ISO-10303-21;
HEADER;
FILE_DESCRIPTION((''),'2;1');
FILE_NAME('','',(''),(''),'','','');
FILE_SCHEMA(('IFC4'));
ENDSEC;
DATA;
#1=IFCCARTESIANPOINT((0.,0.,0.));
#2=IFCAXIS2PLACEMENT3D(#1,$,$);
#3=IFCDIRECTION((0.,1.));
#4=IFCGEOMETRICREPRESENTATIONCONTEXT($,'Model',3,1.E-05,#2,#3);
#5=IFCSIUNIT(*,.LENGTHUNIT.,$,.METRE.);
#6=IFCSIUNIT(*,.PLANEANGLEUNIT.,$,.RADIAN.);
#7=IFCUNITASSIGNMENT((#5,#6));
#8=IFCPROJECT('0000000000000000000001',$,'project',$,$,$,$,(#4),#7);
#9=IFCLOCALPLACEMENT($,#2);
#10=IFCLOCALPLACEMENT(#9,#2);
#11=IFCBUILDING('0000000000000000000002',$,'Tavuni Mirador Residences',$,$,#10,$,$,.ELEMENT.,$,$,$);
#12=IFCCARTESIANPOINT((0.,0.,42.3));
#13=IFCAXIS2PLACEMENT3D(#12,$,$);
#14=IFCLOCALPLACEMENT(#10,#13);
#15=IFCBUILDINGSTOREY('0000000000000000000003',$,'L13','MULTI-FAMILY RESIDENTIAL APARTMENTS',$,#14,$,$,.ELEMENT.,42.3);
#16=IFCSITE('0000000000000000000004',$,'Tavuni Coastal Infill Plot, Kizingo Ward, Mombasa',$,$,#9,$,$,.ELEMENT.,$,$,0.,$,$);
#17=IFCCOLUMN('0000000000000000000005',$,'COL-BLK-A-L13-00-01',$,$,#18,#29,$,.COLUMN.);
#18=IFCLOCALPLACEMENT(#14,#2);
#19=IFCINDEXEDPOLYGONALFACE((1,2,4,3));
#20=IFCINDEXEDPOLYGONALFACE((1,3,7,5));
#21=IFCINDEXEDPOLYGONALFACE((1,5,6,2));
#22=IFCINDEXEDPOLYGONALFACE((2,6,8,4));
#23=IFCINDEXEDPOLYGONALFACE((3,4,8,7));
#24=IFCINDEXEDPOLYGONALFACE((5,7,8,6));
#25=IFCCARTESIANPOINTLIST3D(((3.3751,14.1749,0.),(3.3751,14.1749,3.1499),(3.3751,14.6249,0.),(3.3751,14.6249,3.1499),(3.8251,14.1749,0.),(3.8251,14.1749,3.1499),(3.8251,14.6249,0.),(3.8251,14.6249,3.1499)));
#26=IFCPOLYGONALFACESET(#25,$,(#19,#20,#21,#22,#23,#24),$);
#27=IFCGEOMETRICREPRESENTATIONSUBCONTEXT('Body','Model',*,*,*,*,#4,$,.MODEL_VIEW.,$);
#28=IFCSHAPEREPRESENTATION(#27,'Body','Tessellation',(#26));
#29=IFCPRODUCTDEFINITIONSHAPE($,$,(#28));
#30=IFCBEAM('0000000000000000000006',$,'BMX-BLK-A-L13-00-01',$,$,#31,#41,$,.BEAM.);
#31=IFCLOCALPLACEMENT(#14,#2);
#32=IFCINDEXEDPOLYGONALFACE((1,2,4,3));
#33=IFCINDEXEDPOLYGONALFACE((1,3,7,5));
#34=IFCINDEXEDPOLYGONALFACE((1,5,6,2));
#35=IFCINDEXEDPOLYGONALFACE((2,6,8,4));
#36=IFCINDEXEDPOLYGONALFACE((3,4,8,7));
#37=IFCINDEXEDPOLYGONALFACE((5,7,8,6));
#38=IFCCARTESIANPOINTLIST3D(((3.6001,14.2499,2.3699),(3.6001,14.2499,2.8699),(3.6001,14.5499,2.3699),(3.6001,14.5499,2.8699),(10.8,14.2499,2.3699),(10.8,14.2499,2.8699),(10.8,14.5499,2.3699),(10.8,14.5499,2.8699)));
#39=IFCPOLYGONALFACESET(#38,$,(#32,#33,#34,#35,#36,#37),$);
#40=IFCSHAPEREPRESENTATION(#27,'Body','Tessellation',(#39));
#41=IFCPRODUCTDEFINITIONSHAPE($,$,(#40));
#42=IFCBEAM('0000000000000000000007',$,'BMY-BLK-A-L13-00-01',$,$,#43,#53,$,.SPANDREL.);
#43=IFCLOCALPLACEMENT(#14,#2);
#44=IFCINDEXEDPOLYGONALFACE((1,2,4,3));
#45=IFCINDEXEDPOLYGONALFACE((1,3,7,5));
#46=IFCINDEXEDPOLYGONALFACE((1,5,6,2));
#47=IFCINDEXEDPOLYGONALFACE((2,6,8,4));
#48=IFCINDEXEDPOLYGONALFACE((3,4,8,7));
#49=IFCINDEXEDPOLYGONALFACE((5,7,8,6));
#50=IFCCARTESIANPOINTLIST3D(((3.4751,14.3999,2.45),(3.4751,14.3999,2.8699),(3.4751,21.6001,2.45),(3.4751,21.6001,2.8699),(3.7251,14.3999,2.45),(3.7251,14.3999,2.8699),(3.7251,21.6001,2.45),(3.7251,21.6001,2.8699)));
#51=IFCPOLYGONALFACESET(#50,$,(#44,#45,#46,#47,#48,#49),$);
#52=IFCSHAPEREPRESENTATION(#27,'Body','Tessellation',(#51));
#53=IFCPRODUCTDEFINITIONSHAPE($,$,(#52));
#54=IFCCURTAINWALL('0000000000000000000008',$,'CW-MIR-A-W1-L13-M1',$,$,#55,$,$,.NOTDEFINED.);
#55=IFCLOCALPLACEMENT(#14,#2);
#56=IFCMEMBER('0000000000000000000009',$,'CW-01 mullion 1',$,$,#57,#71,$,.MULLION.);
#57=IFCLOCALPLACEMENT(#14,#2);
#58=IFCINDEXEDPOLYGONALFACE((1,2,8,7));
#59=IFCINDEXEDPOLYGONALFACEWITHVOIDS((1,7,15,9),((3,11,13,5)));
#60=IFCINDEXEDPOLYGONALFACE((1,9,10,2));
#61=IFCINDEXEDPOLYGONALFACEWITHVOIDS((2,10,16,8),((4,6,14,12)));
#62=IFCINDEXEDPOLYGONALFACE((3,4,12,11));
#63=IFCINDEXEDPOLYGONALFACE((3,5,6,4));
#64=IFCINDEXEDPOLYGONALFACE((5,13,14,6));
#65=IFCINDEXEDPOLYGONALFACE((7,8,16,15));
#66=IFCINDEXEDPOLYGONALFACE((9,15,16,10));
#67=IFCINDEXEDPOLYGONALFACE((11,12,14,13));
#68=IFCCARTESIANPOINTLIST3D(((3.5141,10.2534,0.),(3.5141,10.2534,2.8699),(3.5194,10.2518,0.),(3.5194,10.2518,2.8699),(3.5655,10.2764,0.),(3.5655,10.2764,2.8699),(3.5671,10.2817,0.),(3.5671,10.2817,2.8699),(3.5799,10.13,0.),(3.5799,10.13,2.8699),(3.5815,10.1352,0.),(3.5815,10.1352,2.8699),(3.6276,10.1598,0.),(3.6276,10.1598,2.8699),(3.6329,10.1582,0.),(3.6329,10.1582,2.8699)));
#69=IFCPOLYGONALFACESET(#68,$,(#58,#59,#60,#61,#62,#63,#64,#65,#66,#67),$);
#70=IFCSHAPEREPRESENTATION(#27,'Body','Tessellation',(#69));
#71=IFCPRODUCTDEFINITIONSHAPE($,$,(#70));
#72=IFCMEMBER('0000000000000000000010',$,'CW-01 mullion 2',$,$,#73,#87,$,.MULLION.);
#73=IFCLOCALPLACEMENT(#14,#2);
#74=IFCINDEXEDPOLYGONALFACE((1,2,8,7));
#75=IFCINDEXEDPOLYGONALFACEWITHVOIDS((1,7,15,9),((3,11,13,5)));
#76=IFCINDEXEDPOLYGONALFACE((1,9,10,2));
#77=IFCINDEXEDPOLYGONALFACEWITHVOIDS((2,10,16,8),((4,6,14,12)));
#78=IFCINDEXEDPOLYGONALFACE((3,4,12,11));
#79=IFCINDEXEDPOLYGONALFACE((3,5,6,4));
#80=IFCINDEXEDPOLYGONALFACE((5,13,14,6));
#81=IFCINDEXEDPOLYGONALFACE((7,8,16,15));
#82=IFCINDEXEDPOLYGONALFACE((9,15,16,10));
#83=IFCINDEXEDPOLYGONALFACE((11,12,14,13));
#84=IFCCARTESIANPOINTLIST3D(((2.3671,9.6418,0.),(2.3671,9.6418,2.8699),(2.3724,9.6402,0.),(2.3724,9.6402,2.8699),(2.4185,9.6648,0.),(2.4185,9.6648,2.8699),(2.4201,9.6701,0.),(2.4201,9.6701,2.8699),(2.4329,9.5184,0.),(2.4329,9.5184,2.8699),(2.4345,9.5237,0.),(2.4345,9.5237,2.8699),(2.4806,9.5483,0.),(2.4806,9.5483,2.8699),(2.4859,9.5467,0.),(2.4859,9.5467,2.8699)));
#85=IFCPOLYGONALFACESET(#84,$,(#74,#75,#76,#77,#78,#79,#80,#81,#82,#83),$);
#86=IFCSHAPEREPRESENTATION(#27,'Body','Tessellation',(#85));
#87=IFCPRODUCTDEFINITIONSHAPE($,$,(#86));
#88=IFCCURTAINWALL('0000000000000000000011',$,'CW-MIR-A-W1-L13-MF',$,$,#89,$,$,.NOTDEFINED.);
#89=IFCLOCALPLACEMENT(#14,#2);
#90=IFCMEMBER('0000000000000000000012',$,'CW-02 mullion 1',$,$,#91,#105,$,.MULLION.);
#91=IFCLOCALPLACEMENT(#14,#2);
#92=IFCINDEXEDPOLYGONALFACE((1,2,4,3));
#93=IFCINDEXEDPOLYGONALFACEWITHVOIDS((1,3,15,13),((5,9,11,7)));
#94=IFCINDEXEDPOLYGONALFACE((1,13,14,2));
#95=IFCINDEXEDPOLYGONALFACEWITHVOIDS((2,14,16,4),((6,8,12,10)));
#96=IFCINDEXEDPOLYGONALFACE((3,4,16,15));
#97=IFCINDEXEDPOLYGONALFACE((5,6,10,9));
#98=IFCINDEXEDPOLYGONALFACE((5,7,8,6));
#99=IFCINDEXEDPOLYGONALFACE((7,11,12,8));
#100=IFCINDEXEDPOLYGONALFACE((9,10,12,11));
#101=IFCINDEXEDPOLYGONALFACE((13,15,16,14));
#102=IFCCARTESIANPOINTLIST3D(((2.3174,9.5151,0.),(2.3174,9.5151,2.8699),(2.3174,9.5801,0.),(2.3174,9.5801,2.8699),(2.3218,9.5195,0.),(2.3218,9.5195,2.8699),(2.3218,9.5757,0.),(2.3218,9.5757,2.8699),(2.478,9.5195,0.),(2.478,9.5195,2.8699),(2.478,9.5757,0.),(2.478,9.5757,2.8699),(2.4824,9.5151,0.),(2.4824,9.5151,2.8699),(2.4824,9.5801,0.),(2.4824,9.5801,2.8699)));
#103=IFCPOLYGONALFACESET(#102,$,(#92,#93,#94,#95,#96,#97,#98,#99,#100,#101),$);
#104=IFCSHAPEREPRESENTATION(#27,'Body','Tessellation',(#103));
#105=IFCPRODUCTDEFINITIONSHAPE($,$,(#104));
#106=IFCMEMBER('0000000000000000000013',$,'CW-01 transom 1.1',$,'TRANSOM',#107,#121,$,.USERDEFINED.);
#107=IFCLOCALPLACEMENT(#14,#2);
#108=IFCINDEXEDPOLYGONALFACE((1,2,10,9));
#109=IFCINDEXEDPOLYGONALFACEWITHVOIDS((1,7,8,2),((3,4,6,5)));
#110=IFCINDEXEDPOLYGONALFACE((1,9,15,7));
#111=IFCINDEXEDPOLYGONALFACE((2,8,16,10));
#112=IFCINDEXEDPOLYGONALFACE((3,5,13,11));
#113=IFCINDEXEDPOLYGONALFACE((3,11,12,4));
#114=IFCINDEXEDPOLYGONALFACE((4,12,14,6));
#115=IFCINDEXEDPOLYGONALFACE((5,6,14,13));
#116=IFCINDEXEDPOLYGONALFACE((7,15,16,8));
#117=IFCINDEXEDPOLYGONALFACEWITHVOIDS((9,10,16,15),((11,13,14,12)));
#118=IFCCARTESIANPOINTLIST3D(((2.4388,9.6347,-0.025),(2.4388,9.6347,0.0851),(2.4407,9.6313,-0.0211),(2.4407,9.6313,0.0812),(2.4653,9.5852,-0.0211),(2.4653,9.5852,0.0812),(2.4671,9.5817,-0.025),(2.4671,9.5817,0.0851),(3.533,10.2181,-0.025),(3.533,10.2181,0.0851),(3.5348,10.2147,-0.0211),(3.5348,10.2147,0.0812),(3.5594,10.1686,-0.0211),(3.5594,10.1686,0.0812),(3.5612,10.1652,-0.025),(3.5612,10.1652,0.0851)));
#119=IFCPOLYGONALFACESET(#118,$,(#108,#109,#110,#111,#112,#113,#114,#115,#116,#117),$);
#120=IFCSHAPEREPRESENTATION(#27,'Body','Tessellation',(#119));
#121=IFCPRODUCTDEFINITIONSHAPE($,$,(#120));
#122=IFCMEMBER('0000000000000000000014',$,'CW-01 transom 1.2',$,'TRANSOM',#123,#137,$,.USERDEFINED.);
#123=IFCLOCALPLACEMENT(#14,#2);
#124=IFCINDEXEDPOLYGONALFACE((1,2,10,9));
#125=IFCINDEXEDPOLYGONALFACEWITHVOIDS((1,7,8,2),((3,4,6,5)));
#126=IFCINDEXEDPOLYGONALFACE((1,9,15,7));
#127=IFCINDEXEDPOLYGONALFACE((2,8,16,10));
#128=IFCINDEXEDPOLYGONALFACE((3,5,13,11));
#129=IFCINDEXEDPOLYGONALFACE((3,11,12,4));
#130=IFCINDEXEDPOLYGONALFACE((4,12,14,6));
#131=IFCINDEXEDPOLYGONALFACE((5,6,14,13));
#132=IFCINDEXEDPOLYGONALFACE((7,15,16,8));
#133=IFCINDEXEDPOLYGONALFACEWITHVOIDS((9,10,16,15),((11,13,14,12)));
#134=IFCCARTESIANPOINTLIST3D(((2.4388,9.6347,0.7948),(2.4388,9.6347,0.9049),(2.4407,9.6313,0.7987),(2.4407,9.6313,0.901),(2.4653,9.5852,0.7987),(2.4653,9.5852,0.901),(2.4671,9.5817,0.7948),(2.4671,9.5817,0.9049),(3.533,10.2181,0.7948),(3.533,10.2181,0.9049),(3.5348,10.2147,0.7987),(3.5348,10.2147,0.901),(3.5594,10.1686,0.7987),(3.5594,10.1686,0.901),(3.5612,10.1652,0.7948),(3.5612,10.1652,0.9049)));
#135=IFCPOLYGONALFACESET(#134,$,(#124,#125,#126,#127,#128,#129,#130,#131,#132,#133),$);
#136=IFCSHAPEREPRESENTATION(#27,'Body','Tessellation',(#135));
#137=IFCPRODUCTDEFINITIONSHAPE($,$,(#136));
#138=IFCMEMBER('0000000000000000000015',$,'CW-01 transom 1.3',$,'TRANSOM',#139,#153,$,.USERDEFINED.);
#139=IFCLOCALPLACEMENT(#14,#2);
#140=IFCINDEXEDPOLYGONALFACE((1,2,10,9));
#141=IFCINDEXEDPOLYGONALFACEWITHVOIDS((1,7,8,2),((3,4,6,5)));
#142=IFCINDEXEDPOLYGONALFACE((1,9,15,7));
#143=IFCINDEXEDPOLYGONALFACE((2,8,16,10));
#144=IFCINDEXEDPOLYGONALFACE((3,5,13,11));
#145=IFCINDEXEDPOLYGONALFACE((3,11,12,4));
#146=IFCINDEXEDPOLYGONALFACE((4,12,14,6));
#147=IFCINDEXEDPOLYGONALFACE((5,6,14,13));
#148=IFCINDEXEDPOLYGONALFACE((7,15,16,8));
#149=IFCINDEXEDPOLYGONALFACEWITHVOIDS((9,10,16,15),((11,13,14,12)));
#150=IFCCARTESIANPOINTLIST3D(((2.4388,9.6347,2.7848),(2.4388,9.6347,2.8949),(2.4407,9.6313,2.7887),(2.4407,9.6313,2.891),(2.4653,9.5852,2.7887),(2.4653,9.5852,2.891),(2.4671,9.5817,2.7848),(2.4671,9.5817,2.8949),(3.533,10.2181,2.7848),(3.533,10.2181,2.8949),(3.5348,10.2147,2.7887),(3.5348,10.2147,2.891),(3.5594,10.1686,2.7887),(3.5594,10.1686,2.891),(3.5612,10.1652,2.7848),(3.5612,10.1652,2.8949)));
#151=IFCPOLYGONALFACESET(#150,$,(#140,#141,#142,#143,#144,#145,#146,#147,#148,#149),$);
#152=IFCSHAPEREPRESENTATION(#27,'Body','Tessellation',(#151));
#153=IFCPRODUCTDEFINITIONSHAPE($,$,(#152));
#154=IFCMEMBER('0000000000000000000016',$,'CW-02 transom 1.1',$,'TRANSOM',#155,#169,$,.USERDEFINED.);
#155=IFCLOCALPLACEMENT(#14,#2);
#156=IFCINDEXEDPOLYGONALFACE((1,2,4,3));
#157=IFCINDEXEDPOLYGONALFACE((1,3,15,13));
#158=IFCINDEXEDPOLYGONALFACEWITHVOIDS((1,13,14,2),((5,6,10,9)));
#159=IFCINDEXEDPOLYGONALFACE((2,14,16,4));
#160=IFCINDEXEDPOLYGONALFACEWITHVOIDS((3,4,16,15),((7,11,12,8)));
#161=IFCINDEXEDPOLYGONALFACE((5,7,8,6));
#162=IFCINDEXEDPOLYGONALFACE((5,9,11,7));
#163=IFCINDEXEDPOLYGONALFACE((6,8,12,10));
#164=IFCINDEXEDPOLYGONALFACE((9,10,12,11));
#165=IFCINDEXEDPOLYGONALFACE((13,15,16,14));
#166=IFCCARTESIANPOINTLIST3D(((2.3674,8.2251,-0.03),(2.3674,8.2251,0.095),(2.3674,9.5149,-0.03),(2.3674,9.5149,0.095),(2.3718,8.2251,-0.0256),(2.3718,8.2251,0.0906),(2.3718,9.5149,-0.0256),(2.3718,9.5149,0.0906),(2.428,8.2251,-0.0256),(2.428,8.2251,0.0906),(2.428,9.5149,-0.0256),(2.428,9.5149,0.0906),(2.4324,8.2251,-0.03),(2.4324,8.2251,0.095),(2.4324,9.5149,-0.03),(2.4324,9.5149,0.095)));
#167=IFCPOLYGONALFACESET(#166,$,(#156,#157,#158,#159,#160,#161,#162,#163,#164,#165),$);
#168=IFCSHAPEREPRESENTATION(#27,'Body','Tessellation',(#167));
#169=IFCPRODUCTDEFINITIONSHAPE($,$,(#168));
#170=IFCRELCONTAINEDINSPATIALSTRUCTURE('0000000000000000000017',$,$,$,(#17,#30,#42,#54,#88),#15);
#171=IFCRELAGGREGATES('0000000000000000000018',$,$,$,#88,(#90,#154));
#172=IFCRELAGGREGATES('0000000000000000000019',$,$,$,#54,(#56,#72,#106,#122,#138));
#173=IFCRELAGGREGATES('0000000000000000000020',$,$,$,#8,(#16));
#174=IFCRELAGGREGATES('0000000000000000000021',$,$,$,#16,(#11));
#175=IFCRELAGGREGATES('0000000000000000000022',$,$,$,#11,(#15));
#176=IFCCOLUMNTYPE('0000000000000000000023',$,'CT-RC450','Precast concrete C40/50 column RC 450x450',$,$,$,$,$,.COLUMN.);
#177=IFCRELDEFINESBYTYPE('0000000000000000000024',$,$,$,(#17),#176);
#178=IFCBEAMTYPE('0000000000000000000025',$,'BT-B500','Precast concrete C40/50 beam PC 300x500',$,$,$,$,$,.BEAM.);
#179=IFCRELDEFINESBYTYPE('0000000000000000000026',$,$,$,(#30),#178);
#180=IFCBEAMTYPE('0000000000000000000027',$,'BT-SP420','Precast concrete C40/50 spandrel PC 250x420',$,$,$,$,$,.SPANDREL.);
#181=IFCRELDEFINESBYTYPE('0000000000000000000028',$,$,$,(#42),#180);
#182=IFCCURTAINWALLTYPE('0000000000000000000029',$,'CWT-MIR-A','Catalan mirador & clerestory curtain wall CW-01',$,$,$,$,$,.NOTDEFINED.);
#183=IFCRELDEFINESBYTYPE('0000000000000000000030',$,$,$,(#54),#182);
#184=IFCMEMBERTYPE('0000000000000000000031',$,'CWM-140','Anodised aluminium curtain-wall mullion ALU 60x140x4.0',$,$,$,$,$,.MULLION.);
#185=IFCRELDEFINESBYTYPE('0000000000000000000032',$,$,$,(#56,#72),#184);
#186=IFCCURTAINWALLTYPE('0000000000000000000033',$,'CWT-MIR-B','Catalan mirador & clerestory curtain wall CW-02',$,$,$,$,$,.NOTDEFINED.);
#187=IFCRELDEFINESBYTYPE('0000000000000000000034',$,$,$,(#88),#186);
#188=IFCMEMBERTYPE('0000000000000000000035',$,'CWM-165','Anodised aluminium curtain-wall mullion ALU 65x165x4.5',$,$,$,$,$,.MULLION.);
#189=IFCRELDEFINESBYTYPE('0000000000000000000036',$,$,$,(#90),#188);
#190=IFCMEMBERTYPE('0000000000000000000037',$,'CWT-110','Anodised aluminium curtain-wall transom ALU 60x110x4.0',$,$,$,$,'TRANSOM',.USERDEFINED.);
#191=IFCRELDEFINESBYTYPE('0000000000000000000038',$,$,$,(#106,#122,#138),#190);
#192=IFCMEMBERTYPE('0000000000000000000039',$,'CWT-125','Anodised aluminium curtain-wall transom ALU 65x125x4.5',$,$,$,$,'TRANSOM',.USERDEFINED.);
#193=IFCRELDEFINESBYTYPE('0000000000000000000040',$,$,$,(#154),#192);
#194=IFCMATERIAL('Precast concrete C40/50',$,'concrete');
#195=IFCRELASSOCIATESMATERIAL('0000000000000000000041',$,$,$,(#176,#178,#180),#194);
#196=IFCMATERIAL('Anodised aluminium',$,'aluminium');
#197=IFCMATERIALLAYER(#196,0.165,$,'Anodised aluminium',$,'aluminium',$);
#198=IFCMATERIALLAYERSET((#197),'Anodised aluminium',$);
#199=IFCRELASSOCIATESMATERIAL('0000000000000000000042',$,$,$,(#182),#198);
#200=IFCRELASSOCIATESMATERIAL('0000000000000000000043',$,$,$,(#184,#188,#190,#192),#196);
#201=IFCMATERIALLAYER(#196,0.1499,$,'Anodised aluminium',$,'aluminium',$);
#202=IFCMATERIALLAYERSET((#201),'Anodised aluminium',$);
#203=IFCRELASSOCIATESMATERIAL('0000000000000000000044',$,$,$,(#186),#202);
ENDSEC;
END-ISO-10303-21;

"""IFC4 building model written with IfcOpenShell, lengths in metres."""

from ifc_helpers import new_model, si_unit, direction, frame, origin, origin_2d, place, context, subcontext, project, spatial, rectangle, hollow_rectangle, extrude, material, layer, layer_set, material_profile, profile_set, type_object, element, aggregate, save


model = new_model("IFC4")

# Units and contexts
model_context = context("Model", 3, precision=1e-05, world=origin(), true_north=direction((0.0, 1.0)))
body_context = subcontext(model_context, "Body", "Model", "MODEL_VIEW")
ifc_project = project(units=[si_unit("LENGTHUNIT", "METRE"), si_unit("PLANEANGLEUNIT", "RADIAN")], contexts=[model_context])

# Site, building, storey
site_placement = place(None, origin())
site = spatial("IfcSite", under=ifc_project, at=site_placement, Name="Tavuni Coastal Infill Plot, Kizingo Ward, Mombasa", CompositionType="ELEMENT", RefElevation=0.0)
building_placement = place(site_placement, origin())
building = spatial("IfcBuilding", under=site, at=building_placement, Name="Tavuni Mirador Residences", CompositionType="ELEMENT")
storey_placement = place(building_placement, frame((0.0, 0.0, 42.3)))
storey = spatial("IfcBuildingStorey", under=building, at=storey_placement, Name="L13", Description="MULTI-FAMILY RESIDENTIAL APARTMENTS", CompositionType="ELEMENT", Elevation=42.3)

# Column
ifc_material_1 = material(Name="Precast concrete C40/50", Category="concrete")
ifc_material_profile_1 = material_profile(ifc_material_1, rectangle(XDim=0.45, YDim=0.45, at=origin_2d()), Name="RC 450x450", Category="concrete")
ifc_profile_set_1 = profile_set([ifc_material_profile_1], Name="Precast concrete C40/50")
column_type = type_object("IfcColumnType", Name="CT-RC450", Description="Precast concrete C40/50 column RC 450x450", PredefinedType="COLUMN", material=ifc_profile_set_1)
column_placement = place(storey_placement, frame((3.6001, 14.3999, 0.0), z_axis=(0.0, 0.0, 1.0), x_axis=(1.0, 0.0, 0.0)))
element("IfcColumn", 1, at=column_placement, inside=storey, type_object=column_type, Name="COL-BLK-A-L13-00-01", PredefinedType="COLUMN", context=body_context, shape_type="SweptSolid", body=[
    extrude(rectangle(XDim=0.45, YDim=0.45, at=origin_2d()), origin(), (0.0, 0.0, 1.0), 3.1499),
])

# Beams
ifc_material_profile_2 = material_profile(ifc_material_1, rectangle(XDim=0.3, YDim=0.5, at=origin_2d()), Name="PC 300x500", Category="concrete")
ifc_profile_set_2 = profile_set([ifc_material_profile_2], Name="Precast concrete C40/50")
beam_type_1 = type_object("IfcBeamType", Name="BT-B500", Description="Precast concrete C40/50 beam PC 300x500", PredefinedType="BEAM", material=ifc_profile_set_2)
beam_1_placement = place(storey_placement, frame((3.6001, 14.3999, 2.6199), z_axis=(1.0, 0.0, 0.0), x_axis=(0.0, 1.0, 0.0)))
element("IfcBeam", 2, at=beam_1_placement, inside=storey, type_object=beam_type_1, Name="BMX-BLK-A-L13-00-01", PredefinedType="BEAM", context=body_context, shape_type="SweptSolid", body=[
    extrude(rectangle(XDim=0.3, YDim=0.5, at=origin_2d()), origin(), (0.0, 0.0, 1.0), 7.2),
])
ifc_material_profile_3 = material_profile(ifc_material_1, rectangle(XDim=0.25, YDim=0.4199, at=origin_2d()), Name="PC 250x420", Category="concrete")
ifc_profile_set_3 = profile_set([ifc_material_profile_3], Name="Precast concrete C40/50")
beam_type_2 = type_object("IfcBeamType", Name="BT-SP420", Description="Precast concrete C40/50 spandrel PC 250x420", PredefinedType="SPANDREL", material=ifc_profile_set_3)
beam_2_placement = place(storey_placement, frame((3.6001, 14.3999, 2.6599), z_axis=(0.0, 1.0, 0.0), x_axis=(-1.0, 0.0, 0.0)))
element("IfcBeam", 3, at=beam_2_placement, inside=storey, type_object=beam_type_2, Name="BMY-BLK-A-L13-00-01", PredefinedType="SPANDREL", context=body_context, shape_type="SweptSolid", body=[
    extrude(rectangle(XDim=0.25, YDim=0.4199, at=origin_2d()), origin(), (0.0, 0.0, 1.0), 7.2002),
])

# Curtain wall, members
ifc_material_2 = material(Name="Anodised aluminium", Category="aluminium")
ifc_layer_1 = layer(ifc_material_2, 0.165, Name="Anodised aluminium", Category="aluminium")
ifc_layer_set_1 = layer_set([ifc_layer_1], Name="Anodised aluminium")
curtain_wall_type_1 = type_object("IfcCurtainWallType", Name="CWT-MIR-A", Description="Catalan mirador & clerestory curtain wall CW-01", PredefinedType="NOTDEFINED", material=ifc_layer_set_1)
curtain_wall_1_placement = place(storey_placement, origin())
curtain_wall_1 = element("IfcCurtainWall", 4, at=curtain_wall_1_placement, inside=storey, type_object=curtain_wall_type_1, Name="CW-MIR-A-W1-L13-M1", PredefinedType="NOTDEFINED")
ifc_material_profile_4 = material_profile(ifc_material_2, hollow_rectangle(XDim=0.0601, YDim=0.1399, WallThickness=0.0039, at=origin_2d()), Name="ALU 60x140x4.0", Category="aluminium")
ifc_profile_set_4 = profile_set([ifc_material_profile_4], Name="Anodised aluminium")
member_type_1 = type_object("IfcMemberType", Name="CWM-140", Description="Anodised aluminium curtain-wall mullion ALU 60x140x4.0", PredefinedType="MULLION", material=ifc_profile_set_4)
member_1_placement = place(storey_placement, frame((3.5735, 10.2058, 0.0), z_axis=(0.0, 0.0, 1.0), x_axis=(-0.882353, -0.470588, 0.0)))
member_1 = element("IfcMember", 5, at=member_1_placement, type_object=member_type_1, Name="CW-01 mullion 1", PredefinedType="MULLION", context=body_context, shape_type="SweptSolid", body=[
    extrude(hollow_rectangle(XDim=0.0601, YDim=0.1399, WallThickness=0.0039, at=origin_2d()), origin(), (0.0, 0.0, 1.0), 2.8699),
])
member_2_placement = place(storey_placement, frame((2.4265, 9.5942, 0.0), z_axis=(0.0, 0.0, 1.0), x_axis=(-0.882353, -0.470588, 0.0)))
member_2 = element("IfcMember", 6, at=member_2_placement, type_object=member_type_1, Name="CW-01 mullion 2", PredefinedType="MULLION", context=body_context, shape_type="SweptSolid", body=[
    extrude(hollow_rectangle(XDim=0.0601, YDim=0.1399, WallThickness=0.0039, at=origin_2d()), origin(), (0.0, 0.0, 1.0), 2.8699),
])

# Curtain wall, member
ifc_layer_2 = layer(ifc_material_2, 0.1499, Name="Anodised aluminium", Category="aluminium")
ifc_layer_set_2 = layer_set([ifc_layer_2], Name="Anodised aluminium")
curtain_wall_type_2 = type_object("IfcCurtainWallType", Name="CWT-MIR-B", Description="Catalan mirador & clerestory curtain wall CW-02", PredefinedType="NOTDEFINED", material=ifc_layer_set_2)
curtain_wall_2_placement = place(storey_placement, origin())
curtain_wall_2 = element("IfcCurtainWall", 7, at=curtain_wall_2_placement, inside=storey, type_object=curtain_wall_type_2, Name="CW-MIR-A-W1-L13-MF", PredefinedType="NOTDEFINED")
ifc_material_profile_5 = material_profile(ifc_material_2, hollow_rectangle(XDim=0.0649, YDim=0.165, WallThickness=0.0044, at=origin_2d()), Name="ALU 65x165x4.5", Category="aluminium")
ifc_profile_set_5 = profile_set([ifc_material_profile_5], Name="Anodised aluminium")
member_type_2 = type_object("IfcMemberType", Name="CWM-165", Description="Anodised aluminium curtain-wall mullion ALU 65x165x4.5", PredefinedType="MULLION", material=ifc_profile_set_5)
member_3_placement = place(storey_placement, frame((2.3999, 9.5476, 0.0), z_axis=(0.0, 0.0, 1.0), x_axis=(0.0, -1.0, 0.0)))
member_3 = element("IfcMember", 8, at=member_3_placement, type_object=member_type_2, Name="CW-02 mullion 1", PredefinedType="MULLION", context=body_context, shape_type="SweptSolid", body=[
    extrude(hollow_rectangle(XDim=0.0649, YDim=0.165, WallThickness=0.0044, at=origin_2d()), origin(), (0.0, 0.0, 1.0), 2.8699),
])

# Members
ifc_material_profile_6 = material_profile(ifc_material_2, hollow_rectangle(XDim=0.0601, YDim=0.1101, WallThickness=0.0039, at=origin_2d()), Name="ALU 60x110x4.0", Category="aluminium")
ifc_profile_set_6 = profile_set([ifc_material_profile_6], Name="Anodised aluminium")
member_type_3 = type_object("IfcMemberType", Name="CWT-110", Description="Anodised aluminium curtain-wall transom ALU 60x110x4.0", ElementType="TRANSOM", PredefinedType="USERDEFINED", material=ifc_profile_set_6)
member_4_placement = place(storey_placement, frame((3.5471, 10.1917, 0.03), z_axis=(-0.882386, -0.470527, 0.0), x_axis=(0.470527, -0.882386, 0.0)))
member_4 = element("IfcMember", 9, at=member_4_placement, type_object=member_type_3, Name="CW-01 transom 1.1", ObjectType="TRANSOM", PredefinedType="USERDEFINED", context=body_context, shape_type="SweptSolid", body=[
    extrude(hollow_rectangle(XDim=0.0601, YDim=0.1101, WallThickness=0.0039, at=origin_2d()), origin(), (0.0, 0.0, 1.0), 1.24),
])
member_5_placement = place(storey_placement, frame((3.5471, 10.1917, 0.8499), z_axis=(-0.882386, -0.470527, 0.0), x_axis=(0.470527, -0.882386, 0.0)))
member_5 = element("IfcMember", 10, at=member_5_placement, type_object=member_type_3, Name="CW-01 transom 1.2", ObjectType="TRANSOM", PredefinedType="USERDEFINED", context=body_context, shape_type="SweptSolid", body=[
    extrude(hollow_rectangle(XDim=0.0601, YDim=0.1101, WallThickness=0.0039, at=origin_2d()), origin(), (0.0, 0.0, 1.0), 1.24),
])
member_6_placement = place(storey_placement, frame((3.5471, 10.1917, 2.8398), z_axis=(-0.882386, -0.470527, 0.0), x_axis=(0.470527, -0.882386, 0.0)))
member_6 = element("IfcMember", 11, at=member_6_placement, type_object=member_type_3, Name="CW-01 transom 1.3", ObjectType="TRANSOM", PredefinedType="USERDEFINED", context=body_context, shape_type="SweptSolid", body=[
    extrude(hollow_rectangle(XDim=0.0601, YDim=0.1101, WallThickness=0.0039, at=origin_2d()), origin(), (0.0, 0.0, 1.0), 1.24),
])
ifc_material_profile_7 = material_profile(ifc_material_2, hollow_rectangle(XDim=0.0649, YDim=0.125, WallThickness=0.0044, at=origin_2d()), Name="ALU 65x125x4.5", Category="aluminium")
ifc_profile_set_7 = profile_set([ifc_material_profile_7], Name="Anodised aluminium")
member_type_4 = type_object("IfcMemberType", Name="CWT-125", Description="Anodised aluminium curtain-wall transom ALU 65x125x4.5", ElementType="TRANSOM", PredefinedType="USERDEFINED", material=ifc_profile_set_7)
member_7_placement = place(storey_placement, frame((2.3999, 9.5149, 0.0325), z_axis=(0.0, -1.0, 0.0), x_axis=(1.0, 0.0, 0.0)))
member_7 = element("IfcMember", 12, at=member_7_placement, type_object=member_type_4, Name="CW-02 transom 1.1", ObjectType="TRANSOM", PredefinedType="USERDEFINED", context=body_context, shape_type="SweptSolid", body=[
    extrude(hollow_rectangle(XDim=0.0649, YDim=0.125, WallThickness=0.0044, at=origin_2d()), origin(), (0.0, 0.0, 1.0), 1.2898),
])

aggregate(curtain_wall_2, [member_3, member_7])
aggregate(curtain_wall_1, [member_1, member_2, member_4, member_5, member_6])

save(model, "model.ifc")
